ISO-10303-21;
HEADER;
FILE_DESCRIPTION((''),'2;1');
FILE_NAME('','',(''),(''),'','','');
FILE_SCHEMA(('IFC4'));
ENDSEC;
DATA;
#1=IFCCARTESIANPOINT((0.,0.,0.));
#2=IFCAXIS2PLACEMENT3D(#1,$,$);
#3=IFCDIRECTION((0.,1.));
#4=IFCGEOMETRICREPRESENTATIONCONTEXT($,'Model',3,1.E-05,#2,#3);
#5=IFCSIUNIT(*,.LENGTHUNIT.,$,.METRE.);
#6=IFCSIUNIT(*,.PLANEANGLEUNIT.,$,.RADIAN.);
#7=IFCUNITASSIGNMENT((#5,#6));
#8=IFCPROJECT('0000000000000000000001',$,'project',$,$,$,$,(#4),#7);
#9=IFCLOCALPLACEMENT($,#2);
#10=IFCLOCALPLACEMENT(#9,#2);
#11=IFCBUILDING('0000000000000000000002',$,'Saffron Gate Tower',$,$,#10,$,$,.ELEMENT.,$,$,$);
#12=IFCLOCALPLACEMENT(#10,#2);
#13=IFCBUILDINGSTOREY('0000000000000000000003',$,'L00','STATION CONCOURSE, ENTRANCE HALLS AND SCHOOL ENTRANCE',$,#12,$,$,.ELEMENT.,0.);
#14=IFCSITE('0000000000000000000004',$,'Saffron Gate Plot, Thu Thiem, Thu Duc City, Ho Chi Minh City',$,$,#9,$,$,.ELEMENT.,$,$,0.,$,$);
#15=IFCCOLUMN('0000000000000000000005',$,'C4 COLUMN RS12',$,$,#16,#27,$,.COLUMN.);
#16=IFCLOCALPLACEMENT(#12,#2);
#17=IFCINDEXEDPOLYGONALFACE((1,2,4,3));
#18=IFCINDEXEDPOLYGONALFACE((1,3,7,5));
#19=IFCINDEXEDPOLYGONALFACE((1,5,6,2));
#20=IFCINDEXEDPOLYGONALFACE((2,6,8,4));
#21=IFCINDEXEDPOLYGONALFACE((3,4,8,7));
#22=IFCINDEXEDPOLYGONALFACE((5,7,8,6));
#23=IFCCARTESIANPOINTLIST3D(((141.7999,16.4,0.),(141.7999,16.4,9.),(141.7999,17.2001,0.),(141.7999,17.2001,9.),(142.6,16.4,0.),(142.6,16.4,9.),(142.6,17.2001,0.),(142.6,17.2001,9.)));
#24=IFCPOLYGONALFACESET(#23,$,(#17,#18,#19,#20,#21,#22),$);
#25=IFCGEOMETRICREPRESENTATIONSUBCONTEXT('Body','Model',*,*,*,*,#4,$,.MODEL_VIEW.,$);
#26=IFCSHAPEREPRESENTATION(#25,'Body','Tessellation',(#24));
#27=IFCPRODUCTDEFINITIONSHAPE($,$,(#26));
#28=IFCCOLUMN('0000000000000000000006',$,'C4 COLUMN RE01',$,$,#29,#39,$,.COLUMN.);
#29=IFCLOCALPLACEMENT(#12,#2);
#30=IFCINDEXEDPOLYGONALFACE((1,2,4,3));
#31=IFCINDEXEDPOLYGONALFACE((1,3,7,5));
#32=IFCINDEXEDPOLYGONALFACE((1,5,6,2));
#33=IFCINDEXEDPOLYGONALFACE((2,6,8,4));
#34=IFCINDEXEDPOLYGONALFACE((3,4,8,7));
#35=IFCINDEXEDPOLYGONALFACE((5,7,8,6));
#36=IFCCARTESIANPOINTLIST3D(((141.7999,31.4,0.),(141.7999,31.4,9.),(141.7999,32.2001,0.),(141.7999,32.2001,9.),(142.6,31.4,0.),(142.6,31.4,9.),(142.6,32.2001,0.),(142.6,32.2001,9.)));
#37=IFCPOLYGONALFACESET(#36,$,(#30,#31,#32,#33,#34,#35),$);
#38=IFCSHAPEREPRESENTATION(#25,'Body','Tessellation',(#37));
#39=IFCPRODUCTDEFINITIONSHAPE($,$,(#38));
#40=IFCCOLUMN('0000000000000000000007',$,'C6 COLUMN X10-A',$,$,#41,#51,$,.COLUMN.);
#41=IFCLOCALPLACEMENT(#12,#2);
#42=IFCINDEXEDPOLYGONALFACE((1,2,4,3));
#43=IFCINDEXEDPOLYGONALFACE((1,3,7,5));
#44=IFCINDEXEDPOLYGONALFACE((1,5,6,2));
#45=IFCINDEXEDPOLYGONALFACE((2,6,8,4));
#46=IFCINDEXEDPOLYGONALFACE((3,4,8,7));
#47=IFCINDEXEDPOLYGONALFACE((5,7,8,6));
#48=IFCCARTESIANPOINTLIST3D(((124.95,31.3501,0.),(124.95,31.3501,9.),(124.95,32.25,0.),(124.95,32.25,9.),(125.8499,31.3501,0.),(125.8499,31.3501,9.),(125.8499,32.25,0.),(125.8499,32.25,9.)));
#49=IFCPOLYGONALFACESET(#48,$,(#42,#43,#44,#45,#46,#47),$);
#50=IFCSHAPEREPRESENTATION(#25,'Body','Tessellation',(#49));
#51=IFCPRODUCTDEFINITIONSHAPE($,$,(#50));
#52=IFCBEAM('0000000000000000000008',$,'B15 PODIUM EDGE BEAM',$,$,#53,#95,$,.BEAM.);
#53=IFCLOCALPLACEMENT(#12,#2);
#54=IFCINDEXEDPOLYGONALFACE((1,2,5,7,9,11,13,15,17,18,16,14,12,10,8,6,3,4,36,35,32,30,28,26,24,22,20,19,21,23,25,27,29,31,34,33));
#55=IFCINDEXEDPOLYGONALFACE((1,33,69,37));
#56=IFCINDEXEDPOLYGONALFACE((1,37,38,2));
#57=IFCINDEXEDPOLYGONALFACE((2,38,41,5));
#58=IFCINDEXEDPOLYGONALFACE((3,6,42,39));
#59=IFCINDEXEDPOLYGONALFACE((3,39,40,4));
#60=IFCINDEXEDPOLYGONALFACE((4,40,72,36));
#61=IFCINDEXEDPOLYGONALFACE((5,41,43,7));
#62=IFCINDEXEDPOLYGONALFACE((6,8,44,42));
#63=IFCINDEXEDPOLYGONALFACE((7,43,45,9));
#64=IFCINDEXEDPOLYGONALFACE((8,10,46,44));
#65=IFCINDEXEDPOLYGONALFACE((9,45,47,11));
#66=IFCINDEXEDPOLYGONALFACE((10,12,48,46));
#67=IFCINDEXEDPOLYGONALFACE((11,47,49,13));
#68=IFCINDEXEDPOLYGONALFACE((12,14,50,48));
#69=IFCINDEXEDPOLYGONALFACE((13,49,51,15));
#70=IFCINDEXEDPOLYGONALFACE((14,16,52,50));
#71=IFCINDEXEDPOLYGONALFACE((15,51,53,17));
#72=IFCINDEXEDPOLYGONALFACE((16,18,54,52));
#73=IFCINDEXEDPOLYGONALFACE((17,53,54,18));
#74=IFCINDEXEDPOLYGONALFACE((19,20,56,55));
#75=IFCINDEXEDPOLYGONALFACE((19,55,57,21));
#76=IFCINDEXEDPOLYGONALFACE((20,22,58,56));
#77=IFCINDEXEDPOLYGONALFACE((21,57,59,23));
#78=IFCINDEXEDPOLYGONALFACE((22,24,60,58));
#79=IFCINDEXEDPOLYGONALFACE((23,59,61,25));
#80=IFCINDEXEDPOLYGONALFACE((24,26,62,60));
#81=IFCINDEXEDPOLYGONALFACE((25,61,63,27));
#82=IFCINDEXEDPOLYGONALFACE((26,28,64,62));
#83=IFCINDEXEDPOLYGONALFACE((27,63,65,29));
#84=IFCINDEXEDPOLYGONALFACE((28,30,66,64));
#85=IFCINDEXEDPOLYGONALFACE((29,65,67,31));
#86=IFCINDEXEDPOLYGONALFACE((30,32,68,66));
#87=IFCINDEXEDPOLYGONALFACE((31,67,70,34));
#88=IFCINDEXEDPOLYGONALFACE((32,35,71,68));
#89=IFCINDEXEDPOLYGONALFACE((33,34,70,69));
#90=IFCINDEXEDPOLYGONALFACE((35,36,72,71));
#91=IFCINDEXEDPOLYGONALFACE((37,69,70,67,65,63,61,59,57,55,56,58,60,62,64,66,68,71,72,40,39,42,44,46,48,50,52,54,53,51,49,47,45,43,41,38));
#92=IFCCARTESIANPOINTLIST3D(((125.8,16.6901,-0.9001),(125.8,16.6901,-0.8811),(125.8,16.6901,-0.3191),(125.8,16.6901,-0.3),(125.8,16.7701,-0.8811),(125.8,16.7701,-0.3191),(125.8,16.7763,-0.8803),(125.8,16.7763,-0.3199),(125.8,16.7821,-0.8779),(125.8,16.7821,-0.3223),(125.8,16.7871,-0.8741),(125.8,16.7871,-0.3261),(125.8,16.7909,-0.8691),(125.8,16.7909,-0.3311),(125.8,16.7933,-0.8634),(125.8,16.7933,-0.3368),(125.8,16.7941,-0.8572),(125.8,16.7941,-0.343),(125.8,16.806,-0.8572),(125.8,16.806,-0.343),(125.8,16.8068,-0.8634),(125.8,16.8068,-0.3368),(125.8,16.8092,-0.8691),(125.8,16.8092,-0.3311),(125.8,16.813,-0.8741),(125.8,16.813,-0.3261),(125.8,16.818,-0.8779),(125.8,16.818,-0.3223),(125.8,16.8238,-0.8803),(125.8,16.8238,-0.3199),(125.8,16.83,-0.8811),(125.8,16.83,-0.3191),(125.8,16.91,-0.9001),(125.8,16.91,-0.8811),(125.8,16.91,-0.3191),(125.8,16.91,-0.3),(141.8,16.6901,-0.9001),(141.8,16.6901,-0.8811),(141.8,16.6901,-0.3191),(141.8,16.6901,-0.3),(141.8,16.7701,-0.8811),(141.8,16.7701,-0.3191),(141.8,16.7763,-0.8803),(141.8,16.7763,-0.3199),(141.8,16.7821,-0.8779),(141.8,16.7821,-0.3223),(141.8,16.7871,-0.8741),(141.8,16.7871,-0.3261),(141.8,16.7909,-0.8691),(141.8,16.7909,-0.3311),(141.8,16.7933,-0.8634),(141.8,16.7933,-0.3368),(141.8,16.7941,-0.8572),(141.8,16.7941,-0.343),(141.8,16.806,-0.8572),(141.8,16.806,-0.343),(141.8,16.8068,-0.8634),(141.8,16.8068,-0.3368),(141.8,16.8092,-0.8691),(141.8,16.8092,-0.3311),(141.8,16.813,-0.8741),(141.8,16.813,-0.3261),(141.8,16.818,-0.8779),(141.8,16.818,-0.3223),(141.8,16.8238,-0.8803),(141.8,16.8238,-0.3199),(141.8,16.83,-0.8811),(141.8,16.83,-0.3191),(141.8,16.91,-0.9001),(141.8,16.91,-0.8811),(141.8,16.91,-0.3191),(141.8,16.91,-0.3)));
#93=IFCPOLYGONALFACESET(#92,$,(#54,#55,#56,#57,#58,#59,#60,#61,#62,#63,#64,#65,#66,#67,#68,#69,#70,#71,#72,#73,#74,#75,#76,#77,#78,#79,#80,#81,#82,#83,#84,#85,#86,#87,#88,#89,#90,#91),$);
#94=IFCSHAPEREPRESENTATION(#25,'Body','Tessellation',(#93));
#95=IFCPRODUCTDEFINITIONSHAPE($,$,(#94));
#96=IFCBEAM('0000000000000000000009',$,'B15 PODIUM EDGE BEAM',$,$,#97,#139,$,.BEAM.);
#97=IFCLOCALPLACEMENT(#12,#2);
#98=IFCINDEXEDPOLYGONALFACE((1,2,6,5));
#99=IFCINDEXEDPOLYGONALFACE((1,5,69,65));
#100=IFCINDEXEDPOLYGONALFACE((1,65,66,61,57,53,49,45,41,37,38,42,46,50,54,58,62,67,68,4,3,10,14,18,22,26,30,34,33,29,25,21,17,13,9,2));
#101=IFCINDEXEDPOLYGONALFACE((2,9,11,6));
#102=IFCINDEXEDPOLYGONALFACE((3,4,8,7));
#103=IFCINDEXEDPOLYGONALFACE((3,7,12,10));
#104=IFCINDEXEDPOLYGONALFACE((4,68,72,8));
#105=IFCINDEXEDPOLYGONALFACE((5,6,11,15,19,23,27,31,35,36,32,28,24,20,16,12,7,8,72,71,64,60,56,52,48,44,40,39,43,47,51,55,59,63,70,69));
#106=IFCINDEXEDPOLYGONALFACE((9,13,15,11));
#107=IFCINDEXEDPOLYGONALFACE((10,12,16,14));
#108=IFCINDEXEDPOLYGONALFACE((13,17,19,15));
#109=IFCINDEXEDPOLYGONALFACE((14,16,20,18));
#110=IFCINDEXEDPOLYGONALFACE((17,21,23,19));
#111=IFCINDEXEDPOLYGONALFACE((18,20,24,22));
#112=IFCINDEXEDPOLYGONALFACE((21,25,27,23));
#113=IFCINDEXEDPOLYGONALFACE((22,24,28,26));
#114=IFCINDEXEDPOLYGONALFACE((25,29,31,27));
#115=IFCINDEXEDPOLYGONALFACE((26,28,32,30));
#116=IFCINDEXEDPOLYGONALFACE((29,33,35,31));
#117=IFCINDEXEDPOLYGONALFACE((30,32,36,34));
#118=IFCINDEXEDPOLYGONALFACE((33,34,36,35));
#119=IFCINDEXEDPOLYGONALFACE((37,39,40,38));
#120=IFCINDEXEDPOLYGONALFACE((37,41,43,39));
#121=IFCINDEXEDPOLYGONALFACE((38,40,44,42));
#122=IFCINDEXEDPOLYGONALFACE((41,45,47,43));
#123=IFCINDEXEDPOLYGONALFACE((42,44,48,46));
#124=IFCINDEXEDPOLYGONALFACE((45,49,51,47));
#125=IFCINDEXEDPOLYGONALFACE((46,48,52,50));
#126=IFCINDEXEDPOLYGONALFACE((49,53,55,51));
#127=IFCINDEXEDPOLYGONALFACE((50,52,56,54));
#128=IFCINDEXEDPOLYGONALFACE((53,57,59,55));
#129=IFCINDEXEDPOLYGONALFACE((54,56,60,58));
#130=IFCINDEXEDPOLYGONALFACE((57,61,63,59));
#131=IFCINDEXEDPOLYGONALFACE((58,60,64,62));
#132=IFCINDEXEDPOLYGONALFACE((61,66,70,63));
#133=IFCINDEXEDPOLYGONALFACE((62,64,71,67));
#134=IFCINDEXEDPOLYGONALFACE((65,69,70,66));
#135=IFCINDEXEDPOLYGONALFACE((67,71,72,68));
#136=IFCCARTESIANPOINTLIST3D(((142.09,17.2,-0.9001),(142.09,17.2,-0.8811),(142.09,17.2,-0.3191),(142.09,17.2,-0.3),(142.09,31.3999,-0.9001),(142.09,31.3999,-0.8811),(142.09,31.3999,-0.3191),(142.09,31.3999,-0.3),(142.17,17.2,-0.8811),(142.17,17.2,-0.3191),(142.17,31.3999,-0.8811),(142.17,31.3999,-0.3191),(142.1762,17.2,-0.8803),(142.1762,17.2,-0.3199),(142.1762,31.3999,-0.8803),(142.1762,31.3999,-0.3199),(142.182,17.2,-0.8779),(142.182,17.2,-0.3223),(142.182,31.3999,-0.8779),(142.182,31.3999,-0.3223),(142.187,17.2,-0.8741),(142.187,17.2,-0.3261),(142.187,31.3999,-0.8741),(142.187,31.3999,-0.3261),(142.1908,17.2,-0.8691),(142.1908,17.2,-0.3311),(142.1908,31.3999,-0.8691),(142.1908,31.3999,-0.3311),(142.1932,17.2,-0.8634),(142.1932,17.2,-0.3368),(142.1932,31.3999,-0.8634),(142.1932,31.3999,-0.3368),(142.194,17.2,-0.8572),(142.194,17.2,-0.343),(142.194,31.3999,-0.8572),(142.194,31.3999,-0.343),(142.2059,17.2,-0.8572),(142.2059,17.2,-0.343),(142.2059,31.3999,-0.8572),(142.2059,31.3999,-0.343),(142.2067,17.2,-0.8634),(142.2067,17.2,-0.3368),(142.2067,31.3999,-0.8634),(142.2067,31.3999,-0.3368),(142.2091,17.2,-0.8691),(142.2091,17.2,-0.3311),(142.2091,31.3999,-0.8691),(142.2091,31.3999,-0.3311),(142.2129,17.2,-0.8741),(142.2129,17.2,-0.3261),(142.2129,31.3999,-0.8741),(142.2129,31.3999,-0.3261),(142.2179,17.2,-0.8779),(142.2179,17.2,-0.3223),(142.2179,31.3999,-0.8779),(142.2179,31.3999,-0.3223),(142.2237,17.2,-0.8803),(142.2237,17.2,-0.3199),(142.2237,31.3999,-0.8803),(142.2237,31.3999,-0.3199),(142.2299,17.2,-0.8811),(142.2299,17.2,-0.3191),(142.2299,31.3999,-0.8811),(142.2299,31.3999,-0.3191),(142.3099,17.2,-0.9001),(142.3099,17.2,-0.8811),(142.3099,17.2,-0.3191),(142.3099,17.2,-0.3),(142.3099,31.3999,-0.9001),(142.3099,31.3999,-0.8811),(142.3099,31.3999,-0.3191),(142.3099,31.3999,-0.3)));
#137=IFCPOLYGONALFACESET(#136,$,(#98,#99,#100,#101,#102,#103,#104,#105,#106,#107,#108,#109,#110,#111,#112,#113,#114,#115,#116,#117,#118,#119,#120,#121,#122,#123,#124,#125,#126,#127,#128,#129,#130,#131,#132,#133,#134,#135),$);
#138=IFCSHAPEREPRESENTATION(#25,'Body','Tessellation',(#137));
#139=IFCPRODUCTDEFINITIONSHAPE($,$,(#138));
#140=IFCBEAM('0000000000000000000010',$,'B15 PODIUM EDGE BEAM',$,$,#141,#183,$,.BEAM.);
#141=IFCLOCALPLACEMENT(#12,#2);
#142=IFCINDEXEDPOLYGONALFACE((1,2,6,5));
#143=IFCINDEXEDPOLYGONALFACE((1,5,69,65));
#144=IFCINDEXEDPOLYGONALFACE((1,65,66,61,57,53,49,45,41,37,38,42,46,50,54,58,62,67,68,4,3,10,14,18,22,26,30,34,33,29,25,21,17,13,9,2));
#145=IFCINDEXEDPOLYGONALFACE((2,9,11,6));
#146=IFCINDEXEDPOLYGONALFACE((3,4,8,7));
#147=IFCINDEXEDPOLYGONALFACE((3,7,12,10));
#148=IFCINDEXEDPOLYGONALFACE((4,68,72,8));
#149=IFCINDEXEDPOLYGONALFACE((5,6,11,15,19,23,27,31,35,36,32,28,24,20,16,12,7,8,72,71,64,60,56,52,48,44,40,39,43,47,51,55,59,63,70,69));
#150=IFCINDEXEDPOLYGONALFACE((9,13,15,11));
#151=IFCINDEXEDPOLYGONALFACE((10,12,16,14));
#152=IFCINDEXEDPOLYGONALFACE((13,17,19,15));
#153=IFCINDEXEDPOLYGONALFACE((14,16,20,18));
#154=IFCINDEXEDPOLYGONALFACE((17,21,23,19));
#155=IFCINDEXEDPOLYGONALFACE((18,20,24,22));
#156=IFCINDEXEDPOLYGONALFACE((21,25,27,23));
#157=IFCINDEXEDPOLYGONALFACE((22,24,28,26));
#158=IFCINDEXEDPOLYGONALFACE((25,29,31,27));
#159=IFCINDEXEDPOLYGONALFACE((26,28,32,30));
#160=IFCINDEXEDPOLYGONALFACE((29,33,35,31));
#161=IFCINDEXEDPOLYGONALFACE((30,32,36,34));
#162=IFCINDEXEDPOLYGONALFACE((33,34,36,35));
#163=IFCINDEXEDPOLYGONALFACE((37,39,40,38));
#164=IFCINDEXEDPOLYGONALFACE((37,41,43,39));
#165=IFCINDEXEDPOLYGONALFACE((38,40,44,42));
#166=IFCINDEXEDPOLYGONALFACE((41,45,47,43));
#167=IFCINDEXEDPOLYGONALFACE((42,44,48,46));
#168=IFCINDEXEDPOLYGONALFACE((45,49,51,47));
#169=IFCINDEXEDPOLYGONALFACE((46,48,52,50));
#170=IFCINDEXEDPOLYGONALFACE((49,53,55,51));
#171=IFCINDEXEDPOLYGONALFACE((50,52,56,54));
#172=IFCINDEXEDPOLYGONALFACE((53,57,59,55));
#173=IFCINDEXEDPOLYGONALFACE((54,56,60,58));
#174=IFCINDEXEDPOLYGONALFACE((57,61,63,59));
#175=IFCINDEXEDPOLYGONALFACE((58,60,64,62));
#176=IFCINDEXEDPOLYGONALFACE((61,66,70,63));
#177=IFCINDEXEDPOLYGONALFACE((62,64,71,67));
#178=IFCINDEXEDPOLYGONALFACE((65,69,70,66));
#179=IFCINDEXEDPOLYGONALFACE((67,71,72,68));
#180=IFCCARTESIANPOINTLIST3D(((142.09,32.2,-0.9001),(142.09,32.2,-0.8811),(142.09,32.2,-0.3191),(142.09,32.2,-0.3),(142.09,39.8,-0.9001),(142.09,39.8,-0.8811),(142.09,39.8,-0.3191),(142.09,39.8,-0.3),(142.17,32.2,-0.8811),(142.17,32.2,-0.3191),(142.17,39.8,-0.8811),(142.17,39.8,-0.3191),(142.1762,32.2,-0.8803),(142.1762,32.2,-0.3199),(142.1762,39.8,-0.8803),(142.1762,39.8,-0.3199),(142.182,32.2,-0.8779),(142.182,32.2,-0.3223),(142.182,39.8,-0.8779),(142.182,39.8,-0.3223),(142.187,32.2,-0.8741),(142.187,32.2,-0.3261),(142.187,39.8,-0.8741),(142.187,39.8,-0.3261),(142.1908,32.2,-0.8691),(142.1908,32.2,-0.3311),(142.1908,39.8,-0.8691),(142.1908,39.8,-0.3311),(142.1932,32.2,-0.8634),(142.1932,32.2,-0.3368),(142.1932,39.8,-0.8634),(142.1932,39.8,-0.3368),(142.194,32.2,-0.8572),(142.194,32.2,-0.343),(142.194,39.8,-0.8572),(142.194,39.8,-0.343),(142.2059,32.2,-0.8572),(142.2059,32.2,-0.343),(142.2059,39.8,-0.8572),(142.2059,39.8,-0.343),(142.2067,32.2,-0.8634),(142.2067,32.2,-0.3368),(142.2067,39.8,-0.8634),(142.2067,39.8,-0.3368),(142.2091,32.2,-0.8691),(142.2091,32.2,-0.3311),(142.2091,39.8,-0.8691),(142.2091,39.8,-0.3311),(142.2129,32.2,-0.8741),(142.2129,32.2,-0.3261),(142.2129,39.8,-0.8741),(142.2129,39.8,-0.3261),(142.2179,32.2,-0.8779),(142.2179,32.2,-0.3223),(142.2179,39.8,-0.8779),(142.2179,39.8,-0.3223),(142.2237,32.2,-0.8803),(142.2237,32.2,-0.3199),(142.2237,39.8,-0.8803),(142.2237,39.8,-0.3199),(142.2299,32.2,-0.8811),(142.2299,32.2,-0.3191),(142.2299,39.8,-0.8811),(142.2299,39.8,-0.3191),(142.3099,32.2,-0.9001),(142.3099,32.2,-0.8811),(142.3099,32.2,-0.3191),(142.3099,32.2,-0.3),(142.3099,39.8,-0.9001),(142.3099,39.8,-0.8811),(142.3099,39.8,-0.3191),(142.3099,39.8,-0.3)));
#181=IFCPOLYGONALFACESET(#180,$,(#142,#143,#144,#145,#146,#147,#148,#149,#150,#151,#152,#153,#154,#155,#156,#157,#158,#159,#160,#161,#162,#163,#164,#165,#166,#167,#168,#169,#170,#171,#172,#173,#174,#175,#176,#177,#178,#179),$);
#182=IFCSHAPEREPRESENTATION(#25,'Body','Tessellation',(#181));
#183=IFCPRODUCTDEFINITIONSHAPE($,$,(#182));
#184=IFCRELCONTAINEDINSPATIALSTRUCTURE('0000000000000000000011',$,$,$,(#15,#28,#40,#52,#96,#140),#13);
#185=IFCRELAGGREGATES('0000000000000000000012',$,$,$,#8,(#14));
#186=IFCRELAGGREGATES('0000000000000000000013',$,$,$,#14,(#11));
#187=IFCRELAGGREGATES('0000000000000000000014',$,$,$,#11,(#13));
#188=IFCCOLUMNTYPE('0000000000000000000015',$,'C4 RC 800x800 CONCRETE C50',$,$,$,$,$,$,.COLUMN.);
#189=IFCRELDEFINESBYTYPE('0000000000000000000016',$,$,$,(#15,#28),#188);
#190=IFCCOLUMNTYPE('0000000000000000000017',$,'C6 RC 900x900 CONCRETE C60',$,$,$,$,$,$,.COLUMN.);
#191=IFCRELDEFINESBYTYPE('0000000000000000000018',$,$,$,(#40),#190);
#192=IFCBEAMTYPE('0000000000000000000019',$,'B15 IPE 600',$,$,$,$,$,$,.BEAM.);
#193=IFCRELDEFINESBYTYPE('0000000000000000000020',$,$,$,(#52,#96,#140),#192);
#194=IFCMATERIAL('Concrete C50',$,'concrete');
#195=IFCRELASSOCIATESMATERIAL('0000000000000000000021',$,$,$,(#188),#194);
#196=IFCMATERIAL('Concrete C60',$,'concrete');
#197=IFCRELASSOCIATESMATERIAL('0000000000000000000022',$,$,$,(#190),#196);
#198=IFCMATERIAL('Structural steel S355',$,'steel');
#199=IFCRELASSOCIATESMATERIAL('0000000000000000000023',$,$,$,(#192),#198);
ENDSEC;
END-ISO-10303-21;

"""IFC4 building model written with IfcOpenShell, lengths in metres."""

from ifc_helpers import new_model, si_unit, direction, frame, origin, origin_2d, place, context, subcontext, project, spatial, rectangle, i_section, extrude, material, material_profile, profile_set, type_object, element, save


model = new_model("IFC4")

# Units and contexts
model_context = context("Model", 3, precision=1e-05, world=origin(), true_north=direction((0.0, 1.0)))
body_context = subcontext(model_context, "Body", "Model", "MODEL_VIEW")
ifc_project = project(units=[si_unit("LENGTHUNIT", "METRE"), si_unit("PLANEANGLEUNIT", "RADIAN")], contexts=[model_context])

# Site, building, storey
site_placement = place(None, origin())
site = spatial("IfcSite", under=ifc_project, at=site_placement, Name="Saffron Gate Plot, Thu Thiem, Thu Duc City, Ho Chi Minh City", CompositionType="ELEMENT", RefElevation=0.0)
building_placement = place(site_placement, origin())
building = spatial("IfcBuilding", under=site, at=building_placement, Name="Saffron Gate Tower", CompositionType="ELEMENT")
storey_placement = place(building_placement, origin())
storey = spatial("IfcBuildingStorey", under=building, at=storey_placement, Name="L00", Description="STATION CONCOURSE, ENTRANCE HALLS AND SCHOOL ENTRANCE", CompositionType="ELEMENT", Elevation=0.0)

# Columns
ifc_material_1 = material(Name="Concrete C50", Category="concrete")
ifc_material_profile_1 = material_profile(ifc_material_1, rectangle(XDim=0.8, YDim=0.8, at=origin_2d()))
ifc_profile_set_1 = profile_set([ifc_material_profile_1], Name="Concrete C50")
column_type_1 = type_object("IfcColumnType", Name="C4 RC 800x800 CONCRETE C50", PredefinedType="COLUMN", material=ifc_profile_set_1)
for number, where, z_axis, x_axis, name in (
    (1, (142.2, 16.8, 0.0), (0.0, 0.0, 1.0), (1.0, 0.0, 0.0), "C4 COLUMN RS12"),
    (2, (142.2, 31.8, 0.0), (0.0, 0.0, 1.0), (1.0, 0.0, 0.0), "C4 COLUMN RE01"),
):
    element("IfcColumn", number, at=place(storey_placement, frame(where, z_axis=z_axis, x_axis=x_axis)), inside=storey, type_object=column_type_1, Name=name, PredefinedType="COLUMN", context=body_context, shape_type="SweptSolid", body=[
        extrude(rectangle(XDim=0.8, YDim=0.8, at=origin_2d()), origin(), (0.0, 0.0, 1.0), 9.0),
    ])
ifc_material_2 = material(Name="Concrete C60", Category="concrete")
ifc_material_profile_2 = material_profile(ifc_material_2, rectangle(XDim=0.8999, YDim=0.8999, at=origin_2d()))
ifc_profile_set_2 = profile_set([ifc_material_profile_2], Name="Concrete C60")
column_type_2 = type_object("IfcColumnType", Name="C6 RC 900x900 CONCRETE C60", PredefinedType="COLUMN", material=ifc_profile_set_2)
column_placement = place(storey_placement, frame((125.3999, 31.8, 0.0), z_axis=(0.0, 0.0, 1.0), x_axis=(1.0, 0.0, 0.0)))
element("IfcColumn", 3, at=column_placement, inside=storey, type_object=column_type_2, Name="C6 COLUMN X10-A", PredefinedType="COLUMN", context=body_context, shape_type="SweptSolid", body=[
    extrude(rectangle(XDim=0.8999, YDim=0.8999, at=origin_2d()), origin(), (0.0, 0.0, 1.0), 9.0),
])

# Beams
ifc_material_3 = material(Name="Structural steel S355", Category="steel")
ifc_material_profile_3 = material_profile(ifc_material_3, i_section(OverallWidth=0.22, OverallDepth=0.6001, WebThickness=0.012, FlangeThickness=0.019, FilletRadius=0.0239, at=origin_2d()))
ifc_profile_set_3 = profile_set([ifc_material_profile_3], Name="Structural steel S355")
beam_type_1 = type_object("IfcBeamType", Name="B15 IPE 600", PredefinedType="BEAM", material=ifc_profile_set_3)
beam_1_placement = place(storey_placement, frame((125.8, 16.8, -0.6001), z_axis=(1.0, 0.0, 0.0), x_axis=(0.0, 1.0, 0.0)))
element("IfcBeam", 4, at=beam_1_placement, inside=storey, type_object=beam_type_1, Name="B15 PODIUM EDGE BEAM", PredefinedType="BEAM", context=body_context, shape_type="SweptSolid", body=[
    extrude(i_section(OverallWidth=0.22, OverallDepth=0.6001, WebThickness=0.012, FlangeThickness=0.019, FilletRadius=0.0239, at=origin_2d()), origin(), (0.0, 0.0, 1.0), 16.0),
])
beam_2_placement = place(storey_placement, frame((142.2, 17.2, -0.6001), z_axis=(0.0, 1.0, 0.0), x_axis=(-1.0, 0.0, 0.0)))
element("IfcBeam", 5, at=beam_2_placement, inside=storey, type_object=beam_type_1, Name="B15 PODIUM EDGE BEAM", PredefinedType="BEAM", context=body_context, shape_type="SweptSolid", body=[
    extrude(i_section(OverallWidth=0.22, OverallDepth=0.6001, WebThickness=0.012, FlangeThickness=0.019, FilletRadius=0.0239, at=origin_2d()), origin(), (0.0, 0.0, 1.0), 14.2),
])
beam_3_placement = place(storey_placement, frame((142.2, 32.2, -0.6001), z_axis=(0.0, 1.0, 0.0), x_axis=(-1.0, 0.0, 0.0)))
element("IfcBeam", 6, at=beam_3_placement, inside=storey, type_object=beam_type_1, Name="B15 PODIUM EDGE BEAM", PredefinedType="BEAM", context=body_context, shape_type="SweptSolid", body=[
    extrude(i_section(OverallWidth=0.22, OverallDepth=0.6001, WebThickness=0.012, FlangeThickness=0.019, FilletRadius=0.0239, at=origin_2d()), origin(), (0.0, 0.0, 1.0), 7.6001),
])

save(model, "model.ifc")
